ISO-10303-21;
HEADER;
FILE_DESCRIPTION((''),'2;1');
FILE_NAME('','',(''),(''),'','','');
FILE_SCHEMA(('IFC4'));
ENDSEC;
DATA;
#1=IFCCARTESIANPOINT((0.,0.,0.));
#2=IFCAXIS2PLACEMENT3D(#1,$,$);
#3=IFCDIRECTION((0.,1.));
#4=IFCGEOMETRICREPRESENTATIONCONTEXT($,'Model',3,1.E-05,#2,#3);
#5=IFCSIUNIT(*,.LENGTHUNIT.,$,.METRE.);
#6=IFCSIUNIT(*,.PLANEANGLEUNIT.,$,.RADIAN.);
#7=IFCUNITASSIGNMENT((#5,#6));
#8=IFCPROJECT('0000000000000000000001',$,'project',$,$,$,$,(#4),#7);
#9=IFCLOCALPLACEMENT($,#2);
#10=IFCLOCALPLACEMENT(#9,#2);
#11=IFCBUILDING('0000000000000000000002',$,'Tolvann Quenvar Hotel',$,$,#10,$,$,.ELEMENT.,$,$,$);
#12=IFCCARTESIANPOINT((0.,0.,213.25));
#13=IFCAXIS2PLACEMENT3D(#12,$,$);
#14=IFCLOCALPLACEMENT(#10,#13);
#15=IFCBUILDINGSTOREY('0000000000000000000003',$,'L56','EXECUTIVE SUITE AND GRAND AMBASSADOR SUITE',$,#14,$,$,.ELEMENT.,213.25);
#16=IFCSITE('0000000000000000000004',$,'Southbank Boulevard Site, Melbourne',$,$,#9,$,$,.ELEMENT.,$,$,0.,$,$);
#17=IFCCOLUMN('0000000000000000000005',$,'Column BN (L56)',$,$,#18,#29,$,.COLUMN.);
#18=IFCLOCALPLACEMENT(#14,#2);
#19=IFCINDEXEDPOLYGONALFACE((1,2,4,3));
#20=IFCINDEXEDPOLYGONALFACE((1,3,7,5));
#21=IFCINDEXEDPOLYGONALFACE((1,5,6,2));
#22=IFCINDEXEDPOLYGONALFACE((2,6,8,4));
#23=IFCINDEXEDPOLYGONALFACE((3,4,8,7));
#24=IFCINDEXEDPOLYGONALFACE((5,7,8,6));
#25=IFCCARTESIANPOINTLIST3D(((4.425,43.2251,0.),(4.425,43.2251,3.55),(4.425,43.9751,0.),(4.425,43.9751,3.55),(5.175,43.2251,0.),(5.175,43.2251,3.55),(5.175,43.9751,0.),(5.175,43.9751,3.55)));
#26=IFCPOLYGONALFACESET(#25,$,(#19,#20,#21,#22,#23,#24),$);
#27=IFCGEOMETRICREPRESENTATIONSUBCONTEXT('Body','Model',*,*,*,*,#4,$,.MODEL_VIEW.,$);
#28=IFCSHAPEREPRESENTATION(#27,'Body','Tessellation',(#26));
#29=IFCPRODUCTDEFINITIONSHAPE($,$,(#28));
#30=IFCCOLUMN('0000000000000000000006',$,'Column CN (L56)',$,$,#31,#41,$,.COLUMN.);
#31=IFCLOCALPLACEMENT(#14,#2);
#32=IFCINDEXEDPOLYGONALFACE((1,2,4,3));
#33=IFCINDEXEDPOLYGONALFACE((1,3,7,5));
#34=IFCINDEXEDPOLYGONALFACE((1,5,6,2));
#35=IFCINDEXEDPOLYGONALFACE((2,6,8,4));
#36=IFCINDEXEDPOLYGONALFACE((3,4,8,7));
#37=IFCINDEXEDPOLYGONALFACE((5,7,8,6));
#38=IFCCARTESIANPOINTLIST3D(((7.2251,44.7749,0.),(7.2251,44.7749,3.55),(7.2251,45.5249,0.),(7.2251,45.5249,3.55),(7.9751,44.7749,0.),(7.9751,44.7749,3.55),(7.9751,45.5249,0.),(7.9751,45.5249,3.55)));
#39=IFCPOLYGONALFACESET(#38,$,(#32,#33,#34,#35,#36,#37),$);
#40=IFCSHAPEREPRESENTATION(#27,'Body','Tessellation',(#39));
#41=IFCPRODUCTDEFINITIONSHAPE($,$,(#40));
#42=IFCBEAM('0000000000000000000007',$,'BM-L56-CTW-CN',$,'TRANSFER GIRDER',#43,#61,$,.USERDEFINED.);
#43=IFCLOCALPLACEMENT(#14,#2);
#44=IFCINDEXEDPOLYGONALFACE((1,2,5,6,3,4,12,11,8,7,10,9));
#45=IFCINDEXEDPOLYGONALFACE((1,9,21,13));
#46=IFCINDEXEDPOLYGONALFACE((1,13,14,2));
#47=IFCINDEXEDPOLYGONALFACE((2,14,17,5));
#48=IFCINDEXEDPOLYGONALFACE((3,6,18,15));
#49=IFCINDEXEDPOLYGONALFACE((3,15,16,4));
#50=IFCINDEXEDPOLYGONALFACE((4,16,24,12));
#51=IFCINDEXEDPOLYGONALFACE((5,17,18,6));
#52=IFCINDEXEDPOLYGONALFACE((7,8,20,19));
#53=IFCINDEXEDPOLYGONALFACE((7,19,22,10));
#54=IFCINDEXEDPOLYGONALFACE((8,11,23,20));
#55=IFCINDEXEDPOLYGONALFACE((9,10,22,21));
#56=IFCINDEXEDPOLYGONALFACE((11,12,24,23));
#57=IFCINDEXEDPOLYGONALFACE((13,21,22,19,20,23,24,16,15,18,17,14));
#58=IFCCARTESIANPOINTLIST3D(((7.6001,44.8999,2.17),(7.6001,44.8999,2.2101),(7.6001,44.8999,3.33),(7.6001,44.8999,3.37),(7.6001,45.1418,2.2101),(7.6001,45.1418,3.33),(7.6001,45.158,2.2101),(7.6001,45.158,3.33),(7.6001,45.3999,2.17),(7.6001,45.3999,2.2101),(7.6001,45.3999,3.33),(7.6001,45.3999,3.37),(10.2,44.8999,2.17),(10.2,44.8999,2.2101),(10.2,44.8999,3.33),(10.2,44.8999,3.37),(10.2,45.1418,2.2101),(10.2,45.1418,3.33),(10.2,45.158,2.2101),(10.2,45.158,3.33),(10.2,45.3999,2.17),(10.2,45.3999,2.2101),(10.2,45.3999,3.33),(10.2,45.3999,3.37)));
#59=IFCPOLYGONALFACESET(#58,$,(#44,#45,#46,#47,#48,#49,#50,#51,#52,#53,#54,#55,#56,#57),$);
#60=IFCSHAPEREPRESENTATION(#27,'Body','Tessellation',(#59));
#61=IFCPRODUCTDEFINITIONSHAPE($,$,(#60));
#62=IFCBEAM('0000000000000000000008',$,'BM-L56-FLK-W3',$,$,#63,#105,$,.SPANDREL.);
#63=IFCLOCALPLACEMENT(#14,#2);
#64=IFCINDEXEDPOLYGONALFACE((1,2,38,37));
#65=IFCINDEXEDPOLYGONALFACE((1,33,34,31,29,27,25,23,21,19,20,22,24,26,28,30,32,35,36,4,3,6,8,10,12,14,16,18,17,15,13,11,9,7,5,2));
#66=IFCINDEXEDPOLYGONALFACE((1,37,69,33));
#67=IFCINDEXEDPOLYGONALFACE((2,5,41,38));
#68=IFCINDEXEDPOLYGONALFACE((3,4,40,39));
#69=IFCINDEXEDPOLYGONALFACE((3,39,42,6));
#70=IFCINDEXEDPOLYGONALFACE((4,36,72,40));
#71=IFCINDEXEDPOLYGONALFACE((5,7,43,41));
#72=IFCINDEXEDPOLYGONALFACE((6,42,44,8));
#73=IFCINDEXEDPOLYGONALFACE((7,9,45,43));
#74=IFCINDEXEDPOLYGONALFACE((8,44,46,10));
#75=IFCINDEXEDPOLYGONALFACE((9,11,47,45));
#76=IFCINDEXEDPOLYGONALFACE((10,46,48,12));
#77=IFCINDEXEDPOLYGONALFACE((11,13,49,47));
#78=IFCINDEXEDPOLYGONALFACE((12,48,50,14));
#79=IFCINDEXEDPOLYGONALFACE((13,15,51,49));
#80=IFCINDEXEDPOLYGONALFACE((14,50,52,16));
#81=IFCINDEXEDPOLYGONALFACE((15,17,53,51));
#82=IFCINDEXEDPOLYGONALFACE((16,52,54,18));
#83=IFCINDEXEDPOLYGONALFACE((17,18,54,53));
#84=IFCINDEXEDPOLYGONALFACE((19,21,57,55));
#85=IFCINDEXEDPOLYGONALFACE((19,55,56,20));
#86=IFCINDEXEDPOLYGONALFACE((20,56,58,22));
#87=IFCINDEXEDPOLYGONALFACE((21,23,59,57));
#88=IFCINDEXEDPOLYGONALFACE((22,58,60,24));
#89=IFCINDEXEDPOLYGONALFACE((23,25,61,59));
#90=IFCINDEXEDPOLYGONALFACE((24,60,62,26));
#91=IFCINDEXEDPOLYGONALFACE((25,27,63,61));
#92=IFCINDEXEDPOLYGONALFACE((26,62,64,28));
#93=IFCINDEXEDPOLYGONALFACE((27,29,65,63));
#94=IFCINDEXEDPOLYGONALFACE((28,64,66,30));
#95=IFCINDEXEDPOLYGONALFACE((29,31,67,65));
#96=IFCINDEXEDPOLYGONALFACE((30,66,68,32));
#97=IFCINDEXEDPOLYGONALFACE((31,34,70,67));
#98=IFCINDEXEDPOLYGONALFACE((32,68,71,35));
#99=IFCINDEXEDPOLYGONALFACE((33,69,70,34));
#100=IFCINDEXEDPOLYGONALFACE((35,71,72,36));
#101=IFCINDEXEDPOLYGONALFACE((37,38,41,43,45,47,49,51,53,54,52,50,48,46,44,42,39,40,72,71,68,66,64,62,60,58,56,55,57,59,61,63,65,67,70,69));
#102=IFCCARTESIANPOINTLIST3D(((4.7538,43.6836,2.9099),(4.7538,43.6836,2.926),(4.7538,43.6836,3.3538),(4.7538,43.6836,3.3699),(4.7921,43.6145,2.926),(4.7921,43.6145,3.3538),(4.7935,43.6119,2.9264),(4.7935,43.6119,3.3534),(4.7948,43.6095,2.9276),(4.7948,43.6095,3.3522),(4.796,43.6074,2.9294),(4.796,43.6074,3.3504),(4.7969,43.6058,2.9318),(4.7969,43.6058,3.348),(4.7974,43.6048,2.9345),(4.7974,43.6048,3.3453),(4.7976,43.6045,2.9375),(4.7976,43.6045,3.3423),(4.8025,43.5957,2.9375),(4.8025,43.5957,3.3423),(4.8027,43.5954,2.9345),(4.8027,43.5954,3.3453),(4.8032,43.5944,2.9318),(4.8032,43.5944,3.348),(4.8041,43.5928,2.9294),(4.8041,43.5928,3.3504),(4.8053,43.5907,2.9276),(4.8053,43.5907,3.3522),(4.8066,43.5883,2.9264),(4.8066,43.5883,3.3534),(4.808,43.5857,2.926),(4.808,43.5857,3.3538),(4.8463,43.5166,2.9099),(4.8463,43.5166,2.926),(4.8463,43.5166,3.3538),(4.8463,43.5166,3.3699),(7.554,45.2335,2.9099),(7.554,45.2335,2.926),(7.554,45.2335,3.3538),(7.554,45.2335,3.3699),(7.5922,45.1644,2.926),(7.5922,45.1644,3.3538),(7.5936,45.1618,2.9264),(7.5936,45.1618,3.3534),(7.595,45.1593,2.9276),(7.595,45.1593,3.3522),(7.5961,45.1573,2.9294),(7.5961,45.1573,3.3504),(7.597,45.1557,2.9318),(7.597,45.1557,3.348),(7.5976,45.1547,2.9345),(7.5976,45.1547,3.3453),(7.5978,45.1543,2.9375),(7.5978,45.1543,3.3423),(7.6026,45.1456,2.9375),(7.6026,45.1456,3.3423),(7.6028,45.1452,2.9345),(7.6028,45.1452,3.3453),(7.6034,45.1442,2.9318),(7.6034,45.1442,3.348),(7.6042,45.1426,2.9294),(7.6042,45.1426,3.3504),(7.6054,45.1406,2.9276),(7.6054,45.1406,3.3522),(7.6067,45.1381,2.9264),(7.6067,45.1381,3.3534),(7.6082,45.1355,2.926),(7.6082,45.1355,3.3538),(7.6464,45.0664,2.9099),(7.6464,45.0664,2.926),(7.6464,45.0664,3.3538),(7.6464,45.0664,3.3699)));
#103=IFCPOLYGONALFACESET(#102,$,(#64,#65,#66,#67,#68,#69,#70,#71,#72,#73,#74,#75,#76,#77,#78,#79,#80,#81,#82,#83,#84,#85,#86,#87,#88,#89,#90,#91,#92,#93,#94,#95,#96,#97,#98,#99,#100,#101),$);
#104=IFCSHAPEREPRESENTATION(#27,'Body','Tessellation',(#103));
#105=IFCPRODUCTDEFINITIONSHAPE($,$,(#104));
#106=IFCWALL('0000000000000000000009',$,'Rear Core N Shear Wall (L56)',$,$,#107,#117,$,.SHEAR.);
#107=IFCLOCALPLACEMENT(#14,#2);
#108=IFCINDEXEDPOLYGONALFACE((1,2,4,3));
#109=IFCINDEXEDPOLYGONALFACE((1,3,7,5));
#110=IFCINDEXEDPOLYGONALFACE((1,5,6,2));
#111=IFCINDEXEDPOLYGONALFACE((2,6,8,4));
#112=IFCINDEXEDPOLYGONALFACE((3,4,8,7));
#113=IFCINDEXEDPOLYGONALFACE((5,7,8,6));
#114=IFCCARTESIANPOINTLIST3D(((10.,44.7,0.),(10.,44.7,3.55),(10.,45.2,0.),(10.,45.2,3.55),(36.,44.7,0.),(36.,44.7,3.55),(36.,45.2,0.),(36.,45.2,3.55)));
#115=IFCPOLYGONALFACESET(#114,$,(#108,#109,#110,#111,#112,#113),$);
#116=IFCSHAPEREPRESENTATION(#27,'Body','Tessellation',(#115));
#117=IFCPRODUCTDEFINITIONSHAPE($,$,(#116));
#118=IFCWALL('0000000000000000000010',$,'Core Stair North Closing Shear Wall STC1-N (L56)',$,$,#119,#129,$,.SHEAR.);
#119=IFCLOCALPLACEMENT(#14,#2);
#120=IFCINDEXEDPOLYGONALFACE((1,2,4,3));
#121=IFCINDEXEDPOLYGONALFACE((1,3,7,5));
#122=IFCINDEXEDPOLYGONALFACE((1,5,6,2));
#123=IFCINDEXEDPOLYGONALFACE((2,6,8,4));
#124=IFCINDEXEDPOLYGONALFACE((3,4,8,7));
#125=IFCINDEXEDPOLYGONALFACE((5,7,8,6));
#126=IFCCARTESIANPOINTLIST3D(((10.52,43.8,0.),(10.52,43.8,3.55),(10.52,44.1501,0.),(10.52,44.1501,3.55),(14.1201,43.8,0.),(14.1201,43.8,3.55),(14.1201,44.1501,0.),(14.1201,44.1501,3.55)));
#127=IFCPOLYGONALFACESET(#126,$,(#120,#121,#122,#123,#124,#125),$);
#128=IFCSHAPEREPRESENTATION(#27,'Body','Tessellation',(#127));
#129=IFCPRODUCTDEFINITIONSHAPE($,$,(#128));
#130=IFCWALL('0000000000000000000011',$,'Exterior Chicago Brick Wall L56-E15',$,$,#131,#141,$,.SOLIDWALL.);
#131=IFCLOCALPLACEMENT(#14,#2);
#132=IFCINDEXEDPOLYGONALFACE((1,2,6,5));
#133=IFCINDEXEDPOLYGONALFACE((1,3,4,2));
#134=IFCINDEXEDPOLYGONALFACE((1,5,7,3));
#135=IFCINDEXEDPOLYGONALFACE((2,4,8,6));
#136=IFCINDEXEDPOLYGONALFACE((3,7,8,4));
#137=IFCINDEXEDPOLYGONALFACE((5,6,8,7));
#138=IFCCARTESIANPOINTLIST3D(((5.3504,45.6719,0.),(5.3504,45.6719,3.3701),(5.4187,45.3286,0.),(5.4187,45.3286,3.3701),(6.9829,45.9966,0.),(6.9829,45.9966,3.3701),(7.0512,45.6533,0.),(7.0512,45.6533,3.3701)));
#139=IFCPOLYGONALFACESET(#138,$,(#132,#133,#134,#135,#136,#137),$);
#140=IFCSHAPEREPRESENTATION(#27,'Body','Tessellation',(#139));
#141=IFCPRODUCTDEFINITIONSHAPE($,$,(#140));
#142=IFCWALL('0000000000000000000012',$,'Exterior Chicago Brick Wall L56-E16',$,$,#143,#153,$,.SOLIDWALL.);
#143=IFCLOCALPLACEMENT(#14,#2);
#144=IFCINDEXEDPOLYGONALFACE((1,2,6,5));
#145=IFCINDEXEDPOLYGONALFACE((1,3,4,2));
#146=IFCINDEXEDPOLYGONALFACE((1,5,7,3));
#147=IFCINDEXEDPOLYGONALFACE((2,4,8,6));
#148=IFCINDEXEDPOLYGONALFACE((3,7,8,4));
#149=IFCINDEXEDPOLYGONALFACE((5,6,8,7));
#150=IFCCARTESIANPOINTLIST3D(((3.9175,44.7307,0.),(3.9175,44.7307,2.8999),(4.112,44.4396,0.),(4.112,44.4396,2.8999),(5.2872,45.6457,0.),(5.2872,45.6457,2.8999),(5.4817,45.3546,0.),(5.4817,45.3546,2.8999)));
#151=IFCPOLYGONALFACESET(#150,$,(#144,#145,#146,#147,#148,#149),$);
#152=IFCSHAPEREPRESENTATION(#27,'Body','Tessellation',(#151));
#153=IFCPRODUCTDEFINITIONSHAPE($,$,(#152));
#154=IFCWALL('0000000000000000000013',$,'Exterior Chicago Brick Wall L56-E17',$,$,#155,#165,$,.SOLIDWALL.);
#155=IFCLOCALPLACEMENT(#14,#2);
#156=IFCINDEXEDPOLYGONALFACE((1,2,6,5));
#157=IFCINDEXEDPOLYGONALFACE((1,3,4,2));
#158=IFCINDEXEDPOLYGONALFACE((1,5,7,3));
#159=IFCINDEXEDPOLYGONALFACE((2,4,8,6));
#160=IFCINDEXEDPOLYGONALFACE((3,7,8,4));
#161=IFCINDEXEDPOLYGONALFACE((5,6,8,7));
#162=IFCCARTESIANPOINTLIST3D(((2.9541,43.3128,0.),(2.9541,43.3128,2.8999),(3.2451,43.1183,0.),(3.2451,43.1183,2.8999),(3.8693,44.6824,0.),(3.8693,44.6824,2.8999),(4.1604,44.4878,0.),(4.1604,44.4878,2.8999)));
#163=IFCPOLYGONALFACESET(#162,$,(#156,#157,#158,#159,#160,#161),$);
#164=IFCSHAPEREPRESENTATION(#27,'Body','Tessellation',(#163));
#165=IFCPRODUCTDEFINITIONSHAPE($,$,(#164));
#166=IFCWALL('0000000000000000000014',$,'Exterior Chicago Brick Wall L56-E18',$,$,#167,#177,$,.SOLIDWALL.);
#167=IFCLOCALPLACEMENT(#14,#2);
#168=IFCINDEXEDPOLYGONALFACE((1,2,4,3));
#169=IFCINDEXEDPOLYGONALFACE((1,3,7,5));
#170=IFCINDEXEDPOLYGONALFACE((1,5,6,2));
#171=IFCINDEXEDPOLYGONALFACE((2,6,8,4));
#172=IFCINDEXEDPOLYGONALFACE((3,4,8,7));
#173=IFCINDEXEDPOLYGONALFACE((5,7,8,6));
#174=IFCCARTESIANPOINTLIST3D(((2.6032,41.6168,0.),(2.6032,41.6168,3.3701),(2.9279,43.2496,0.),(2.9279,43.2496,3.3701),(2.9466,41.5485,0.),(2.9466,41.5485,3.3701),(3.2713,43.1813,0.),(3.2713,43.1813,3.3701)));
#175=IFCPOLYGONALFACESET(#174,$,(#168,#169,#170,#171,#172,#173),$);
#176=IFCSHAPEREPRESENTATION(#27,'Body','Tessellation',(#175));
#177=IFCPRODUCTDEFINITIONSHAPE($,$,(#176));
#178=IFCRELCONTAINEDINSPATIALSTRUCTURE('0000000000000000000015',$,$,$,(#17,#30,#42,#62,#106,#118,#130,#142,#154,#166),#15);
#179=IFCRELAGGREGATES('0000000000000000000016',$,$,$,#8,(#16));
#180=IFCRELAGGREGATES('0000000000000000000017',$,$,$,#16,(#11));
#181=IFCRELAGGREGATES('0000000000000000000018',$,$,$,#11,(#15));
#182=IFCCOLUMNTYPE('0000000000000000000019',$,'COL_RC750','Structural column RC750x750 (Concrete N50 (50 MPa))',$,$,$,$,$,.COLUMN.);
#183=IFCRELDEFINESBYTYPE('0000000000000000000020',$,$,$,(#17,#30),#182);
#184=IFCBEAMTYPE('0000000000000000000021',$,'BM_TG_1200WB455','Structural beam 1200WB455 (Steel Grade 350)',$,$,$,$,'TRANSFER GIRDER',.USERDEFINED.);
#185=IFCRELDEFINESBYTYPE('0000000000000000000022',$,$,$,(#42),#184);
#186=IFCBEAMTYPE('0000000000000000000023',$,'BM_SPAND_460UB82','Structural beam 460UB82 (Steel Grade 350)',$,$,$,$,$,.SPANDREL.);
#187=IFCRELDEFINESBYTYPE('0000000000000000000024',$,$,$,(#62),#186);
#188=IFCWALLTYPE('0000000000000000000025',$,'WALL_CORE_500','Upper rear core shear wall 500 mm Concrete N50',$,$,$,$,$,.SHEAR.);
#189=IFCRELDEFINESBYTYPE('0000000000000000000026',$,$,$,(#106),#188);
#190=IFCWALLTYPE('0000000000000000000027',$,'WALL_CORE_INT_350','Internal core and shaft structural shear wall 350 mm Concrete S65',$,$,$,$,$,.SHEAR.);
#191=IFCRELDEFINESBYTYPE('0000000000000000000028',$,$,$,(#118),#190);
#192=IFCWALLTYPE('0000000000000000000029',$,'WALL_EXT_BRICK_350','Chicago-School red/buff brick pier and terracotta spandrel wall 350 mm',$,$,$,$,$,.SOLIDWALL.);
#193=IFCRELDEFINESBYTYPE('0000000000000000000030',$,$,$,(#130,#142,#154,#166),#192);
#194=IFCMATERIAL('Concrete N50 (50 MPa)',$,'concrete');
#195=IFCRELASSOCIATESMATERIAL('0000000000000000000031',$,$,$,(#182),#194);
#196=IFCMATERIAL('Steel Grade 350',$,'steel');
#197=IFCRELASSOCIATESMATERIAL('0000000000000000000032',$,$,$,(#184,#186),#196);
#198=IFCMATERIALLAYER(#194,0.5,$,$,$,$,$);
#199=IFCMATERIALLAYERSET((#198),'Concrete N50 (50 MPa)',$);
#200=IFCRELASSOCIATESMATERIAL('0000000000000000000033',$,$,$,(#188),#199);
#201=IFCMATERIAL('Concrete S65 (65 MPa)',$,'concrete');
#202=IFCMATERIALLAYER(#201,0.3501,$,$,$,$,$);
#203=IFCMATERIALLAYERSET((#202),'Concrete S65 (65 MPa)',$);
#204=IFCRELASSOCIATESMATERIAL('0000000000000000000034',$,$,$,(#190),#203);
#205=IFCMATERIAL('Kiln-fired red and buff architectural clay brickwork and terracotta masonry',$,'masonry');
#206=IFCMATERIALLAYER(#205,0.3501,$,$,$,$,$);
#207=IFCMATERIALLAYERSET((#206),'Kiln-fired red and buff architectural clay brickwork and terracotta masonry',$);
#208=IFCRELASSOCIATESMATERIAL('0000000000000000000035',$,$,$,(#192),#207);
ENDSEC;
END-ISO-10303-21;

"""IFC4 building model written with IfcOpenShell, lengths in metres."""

from ifc_helpers import new_model, si_unit, direction, frame, frame_2d, origin, origin_2d, place, context, subcontext, project, spatial, rectangle, i_section, extrude, source, transform, mapped, material, layer, layer_set, material_profile, profile_set, type_object, type_shapes, element, save


model = new_model("IFC4")

# Units and contexts
model_context = context("Model", 3, precision=1e-05, world=origin(), true_north=direction((0.0, 1.0)))
body_context = subcontext(model_context, "Body", "Model", "MODEL_VIEW")
ifc_project = project(units=[si_unit("LENGTHUNIT", "METRE"), si_unit("PLANEANGLEUNIT", "RADIAN")], contexts=[model_context])

# Site, building, storey
site_placement = place(None, origin())
site = spatial("IfcSite", under=ifc_project, at=site_placement, Name="Southbank Boulevard Site, Melbourne", CompositionType="ELEMENT", RefElevation=0.0)
building_placement = place(site_placement, origin())
building = spatial("IfcBuilding", under=site, at=building_placement, Name="Tolvann Quenvar Hotel", CompositionType="ELEMENT")
storey_placement = place(building_placement, frame((0.0, 0.0, 213.25)))
storey = spatial("IfcBuildingStorey", under=building, at=storey_placement, Name="L56", Description="EXECUTIVE SUITE AND GRAND AMBASSADOR SUITE", CompositionType="ELEMENT", Elevation=213.25)

# Columns
ifc_material_1 = material(Name="Concrete N50 (50 MPa)", Category="concrete")
ifc_material_profile_1 = material_profile(ifc_material_1, rectangle(XDim=0.75, YDim=0.75, at=origin_2d()), Name="RC750x750")
ifc_profile_set_1 = profile_set([ifc_material_profile_1], Name="Concrete N50 (50 MPa)")
column_type = type_object("IfcColumnType", Name="COL_RC750", Description="Structural column RC750x750 (Concrete N50 (50 MPa))", PredefinedType="COLUMN", material=ifc_profile_set_1)
shared_shape_1 = source(origin(), body_context, "Body", "SweptSolid", [
    extrude(rectangle(XDim=0.75, YDim=0.75, at=origin_2d()), origin(), (0.0, 0.0, 1.0), 3.55),
])
type_shapes(column_type, [shared_shape_1])
for number, where, z_axis, x_axis, name in (
    (1, (4.8, 43.6001, 0.0), (0.0, 0.0, 1.0), (1.0, 0.0, 0.0), "Column BN (L56)"),
    (2, (7.6001, 45.1499, 0.0), (0.0, 0.0, 1.0), (1.0, 0.0, 0.0), "Column CN (L56)"),
):
    element("IfcColumn", number, at=place(storey_placement, frame(where, z_axis=z_axis, x_axis=x_axis)), inside=storey, type_object=column_type, Name=name, PredefinedType="COLUMN", context=body_context, shape_type="MappedRepresentation", body=[
        mapped(shared_shape_1, transform((0.0, 0.0, 0.0), x_axis=(1.0, 0.0, 0.0), y_axis=(0.0, 1.0, 0.0), z_axis=(0.0, 0.0, 1.0), scale=1.0)),
    ])

# Beams
ifc_material_2 = material(Name="Steel Grade 350", Category="steel")
ifc_material_profile_2 = material_profile(ifc_material_2, i_section(OverallWidth=0.5, OverallDepth=1.2, WebThickness=0.0161, FlangeThickness=0.04, at=origin_2d()), Name="1200WB455")
ifc_profile_set_2 = profile_set([ifc_material_profile_2], Name="Steel Grade 350")
beam_type_1 = type_object("IfcBeamType", Name="BM_TG_1200WB455", Description="Structural beam 1200WB455 (Steel Grade 350)", ElementType="TRANSFER GIRDER", PredefinedType="USERDEFINED", material=ifc_profile_set_2)
shared_shape_2 = source(origin(), body_context, "Body", "SweptSolid", [
    extrude(i_section(OverallWidth=0.5, OverallDepth=1.2, WebThickness=0.0161, FlangeThickness=0.04, at=origin_2d()), origin(), (0.0, 0.0, 1.0), 2.5999),
])
type_shapes(beam_type_1, [shared_shape_2])
beam_1_placement = place(storey_placement, frame((7.6001, 45.1499, 2.77), z_axis=(1.0, 0.0, 0.0), x_axis=(0.0, 1.0, 0.0)))
element("IfcBeam", 3, at=beam_1_placement, inside=storey, type_object=beam_type_1, Name="BM-L56-CTW-CN", ObjectType="TRANSFER GIRDER", PredefinedType="USERDEFINED", context=body_context, shape_type="MappedRepresentation", body=[
    mapped(shared_shape_2, transform((0.0, 0.0, 0.0), x_axis=(1.0, 0.0, 0.0), y_axis=(0.0, 1.0, 0.0), z_axis=(0.0, 0.0, 1.0), scale=1.0)),
])
ifc_material_profile_3 = material_profile(ifc_material_2, i_section(OverallWidth=0.1909, OverallDepth=0.46, WebThickness=0.01, FlangeThickness=0.0161, FilletRadius=0.0115, at=origin_2d()), Name="460UB82")
ifc_profile_set_3 = profile_set([ifc_material_profile_3], Name="Steel Grade 350")
beam_type_2 = type_object("IfcBeamType", Name="BM_SPAND_460UB82", Description="Structural beam 460UB82 (Steel Grade 350)", PredefinedType="SPANDREL", material=ifc_profile_set_3)
shared_shape_3 = source(origin(), body_context, "Body", "SweptSolid", [
    extrude(i_section(OverallWidth=0.1909, OverallDepth=0.46, WebThickness=0.01, FlangeThickness=0.0161, FilletRadius=0.0115, at=origin_2d()), origin(), (0.0, 0.0, 1.0), 3.2004),
])
type_shapes(beam_type_2, [shared_shape_3])
beam_2_placement = place(storey_placement, frame((4.8, 43.6001, 3.1399), z_axis=(0.874923, 0.484263, 0.0), x_axis=(-0.484263, 0.874923, 0.0)))
element("IfcBeam", 4, at=beam_2_placement, inside=storey, type_object=beam_type_2, Name="BM-L56-FLK-W3", PredefinedType="SPANDREL", context=body_context, shape_type="MappedRepresentation", body=[
    mapped(shared_shape_3, transform((0.0, 0.0, 0.0), x_axis=(1.0, 0.0, 0.0), y_axis=(0.0, 1.0, 0.0), z_axis=(0.0, 0.0, 1.0), scale=1.0)),
])

# Walls
ifc_layer_1 = layer(ifc_material_1, 0.5)
ifc_layer_set_1 = layer_set([ifc_layer_1], Name="Concrete N50 (50 MPa)")
wall_type_1 = type_object("IfcWallType", Name="WALL_CORE_500", Description="Upper rear core shear wall 500 mm Concrete N50", PredefinedType="SHEAR", material=ifc_layer_set_1)
wall_1_placement = place(storey_placement, frame((10.0, 44.95, 0.0), z_axis=(0.0, 0.0, 1.0), x_axis=(1.0, 0.0, 0.0)))
element("IfcWall", 5, at=wall_1_placement, inside=storey, type_object=wall_type_1, Name="Rear Core N Shear Wall (L56)", PredefinedType="SHEAR", context=body_context, shape_type="SweptSolid", body=[
    extrude(rectangle(XDim=26.0, YDim=0.5, at=frame_2d((13.0, 0.0))), origin(), (0.0, 0.0, 1.0), 3.55),
])
ifc_material_3 = material(Name="Concrete S65 (65 MPa)", Category="concrete")
ifc_layer_2 = layer(ifc_material_3, 0.3501)
ifc_layer_set_2 = layer_set([ifc_layer_2], Name="Concrete S65 (65 MPa)")
wall_type_2 = type_object("IfcWallType", Name="WALL_CORE_INT_350", Description="Internal core and shaft structural shear wall 350 mm Concrete S65", PredefinedType="SHEAR", material=ifc_layer_set_2)
wall_2_placement = place(storey_placement, frame((10.52, 43.9751, 0.0), z_axis=(0.0, 0.0, 1.0), x_axis=(1.0, 0.0, 0.0)))
element("IfcWall", 6, at=wall_2_placement, inside=storey, type_object=wall_type_2, Name="Core Stair North Closing Shear Wall STC1-N (L56)", PredefinedType="SHEAR", context=body_context, shape_type="SweptSolid", body=[
    extrude(rectangle(XDim=3.6001, YDim=0.3501, at=frame_2d((1.8, 0.0))), origin(), (0.0, 0.0, 1.0), 3.55),
])
ifc_material_4 = material(Name="Kiln-fired red and buff architectural clay brickwork and terracotta masonry", Category="masonry")
ifc_layer_3 = layer(ifc_material_4, 0.3501)
ifc_layer_set_3 = layer_set([ifc_layer_3], Name="Kiln-fired red and buff architectural clay brickwork and terracotta masonry")
wall_type_3 = type_object("IfcWallType", Name="WALL_EXT_BRICK_350", Description="Chicago-School red/buff brick pier and terracotta spandrel wall 350 mm", PredefinedType="SOLIDWALL", material=ifc_layer_set_3)
wall_3_placement = place(storey_placement, frame((7.0171, 45.825, 0.0), z_axis=(0.0, 0.0, 1.0), x_axis=(-0.980789, -0.195072, 0.0)))
element("IfcWall", 7, at=wall_3_placement, inside=storey, type_object=wall_type_3, Name="Exterior Chicago Brick Wall L56-E15", PredefinedType="SOLIDWALL", context=body_context, shape_type="SweptSolid", body=[
    extrude(rectangle(XDim=1.6646, YDim=0.3501, at=frame_2d((0.8323, 0.0))), origin(), (0.0, 0.0, 1.0), 3.3701),
])
for number, where, z_axis, x_axis, name in (
    (8, (5.3845, 45.5002, 0.0), (0.0, 0.0, 1.0), (-0.831503, -0.555521, 0.0), "Exterior Chicago Brick Wall L56-E16"),
    (9, (4.0149, 44.5852, 0.0), (0.0, 0.0, 1.0), (-0.555623, -0.831434, 0.0), "Exterior Chicago Brick Wall L56-E17"),
):
    element("IfcWall", number, at=place(storey_placement, frame(where, z_axis=z_axis, x_axis=x_axis)), inside=storey, type_object=wall_type_3, Name=name, PredefinedType="SOLIDWALL", context=body_context, shape_type="SweptSolid", body=[
        extrude(rectangle(XDim=1.6472, YDim=0.3501, at=frame_2d((0.8237, 0.0))), origin(), (0.0, 0.0, 1.0), 2.8999),
    ])
wall_4_placement = place(storey_placement, frame((3.0996, 43.2156, 0.0), z_axis=(0.0, 0.0, 1.0), x_axis=(-0.195044, -0.980794, 0.0)))
element("IfcWall", 10, at=wall_4_placement, inside=storey, type_object=wall_type_3, Name="Exterior Chicago Brick Wall L56-E18", PredefinedType="SOLIDWALL", context=body_context, shape_type="SweptSolid", body=[
    extrude(rectangle(XDim=1.6648, YDim=0.3501, at=frame_2d((0.8325, 0.0))), origin(), (0.0, 0.0, 1.0), 3.3701),
])

save(model, "model.ifc")
